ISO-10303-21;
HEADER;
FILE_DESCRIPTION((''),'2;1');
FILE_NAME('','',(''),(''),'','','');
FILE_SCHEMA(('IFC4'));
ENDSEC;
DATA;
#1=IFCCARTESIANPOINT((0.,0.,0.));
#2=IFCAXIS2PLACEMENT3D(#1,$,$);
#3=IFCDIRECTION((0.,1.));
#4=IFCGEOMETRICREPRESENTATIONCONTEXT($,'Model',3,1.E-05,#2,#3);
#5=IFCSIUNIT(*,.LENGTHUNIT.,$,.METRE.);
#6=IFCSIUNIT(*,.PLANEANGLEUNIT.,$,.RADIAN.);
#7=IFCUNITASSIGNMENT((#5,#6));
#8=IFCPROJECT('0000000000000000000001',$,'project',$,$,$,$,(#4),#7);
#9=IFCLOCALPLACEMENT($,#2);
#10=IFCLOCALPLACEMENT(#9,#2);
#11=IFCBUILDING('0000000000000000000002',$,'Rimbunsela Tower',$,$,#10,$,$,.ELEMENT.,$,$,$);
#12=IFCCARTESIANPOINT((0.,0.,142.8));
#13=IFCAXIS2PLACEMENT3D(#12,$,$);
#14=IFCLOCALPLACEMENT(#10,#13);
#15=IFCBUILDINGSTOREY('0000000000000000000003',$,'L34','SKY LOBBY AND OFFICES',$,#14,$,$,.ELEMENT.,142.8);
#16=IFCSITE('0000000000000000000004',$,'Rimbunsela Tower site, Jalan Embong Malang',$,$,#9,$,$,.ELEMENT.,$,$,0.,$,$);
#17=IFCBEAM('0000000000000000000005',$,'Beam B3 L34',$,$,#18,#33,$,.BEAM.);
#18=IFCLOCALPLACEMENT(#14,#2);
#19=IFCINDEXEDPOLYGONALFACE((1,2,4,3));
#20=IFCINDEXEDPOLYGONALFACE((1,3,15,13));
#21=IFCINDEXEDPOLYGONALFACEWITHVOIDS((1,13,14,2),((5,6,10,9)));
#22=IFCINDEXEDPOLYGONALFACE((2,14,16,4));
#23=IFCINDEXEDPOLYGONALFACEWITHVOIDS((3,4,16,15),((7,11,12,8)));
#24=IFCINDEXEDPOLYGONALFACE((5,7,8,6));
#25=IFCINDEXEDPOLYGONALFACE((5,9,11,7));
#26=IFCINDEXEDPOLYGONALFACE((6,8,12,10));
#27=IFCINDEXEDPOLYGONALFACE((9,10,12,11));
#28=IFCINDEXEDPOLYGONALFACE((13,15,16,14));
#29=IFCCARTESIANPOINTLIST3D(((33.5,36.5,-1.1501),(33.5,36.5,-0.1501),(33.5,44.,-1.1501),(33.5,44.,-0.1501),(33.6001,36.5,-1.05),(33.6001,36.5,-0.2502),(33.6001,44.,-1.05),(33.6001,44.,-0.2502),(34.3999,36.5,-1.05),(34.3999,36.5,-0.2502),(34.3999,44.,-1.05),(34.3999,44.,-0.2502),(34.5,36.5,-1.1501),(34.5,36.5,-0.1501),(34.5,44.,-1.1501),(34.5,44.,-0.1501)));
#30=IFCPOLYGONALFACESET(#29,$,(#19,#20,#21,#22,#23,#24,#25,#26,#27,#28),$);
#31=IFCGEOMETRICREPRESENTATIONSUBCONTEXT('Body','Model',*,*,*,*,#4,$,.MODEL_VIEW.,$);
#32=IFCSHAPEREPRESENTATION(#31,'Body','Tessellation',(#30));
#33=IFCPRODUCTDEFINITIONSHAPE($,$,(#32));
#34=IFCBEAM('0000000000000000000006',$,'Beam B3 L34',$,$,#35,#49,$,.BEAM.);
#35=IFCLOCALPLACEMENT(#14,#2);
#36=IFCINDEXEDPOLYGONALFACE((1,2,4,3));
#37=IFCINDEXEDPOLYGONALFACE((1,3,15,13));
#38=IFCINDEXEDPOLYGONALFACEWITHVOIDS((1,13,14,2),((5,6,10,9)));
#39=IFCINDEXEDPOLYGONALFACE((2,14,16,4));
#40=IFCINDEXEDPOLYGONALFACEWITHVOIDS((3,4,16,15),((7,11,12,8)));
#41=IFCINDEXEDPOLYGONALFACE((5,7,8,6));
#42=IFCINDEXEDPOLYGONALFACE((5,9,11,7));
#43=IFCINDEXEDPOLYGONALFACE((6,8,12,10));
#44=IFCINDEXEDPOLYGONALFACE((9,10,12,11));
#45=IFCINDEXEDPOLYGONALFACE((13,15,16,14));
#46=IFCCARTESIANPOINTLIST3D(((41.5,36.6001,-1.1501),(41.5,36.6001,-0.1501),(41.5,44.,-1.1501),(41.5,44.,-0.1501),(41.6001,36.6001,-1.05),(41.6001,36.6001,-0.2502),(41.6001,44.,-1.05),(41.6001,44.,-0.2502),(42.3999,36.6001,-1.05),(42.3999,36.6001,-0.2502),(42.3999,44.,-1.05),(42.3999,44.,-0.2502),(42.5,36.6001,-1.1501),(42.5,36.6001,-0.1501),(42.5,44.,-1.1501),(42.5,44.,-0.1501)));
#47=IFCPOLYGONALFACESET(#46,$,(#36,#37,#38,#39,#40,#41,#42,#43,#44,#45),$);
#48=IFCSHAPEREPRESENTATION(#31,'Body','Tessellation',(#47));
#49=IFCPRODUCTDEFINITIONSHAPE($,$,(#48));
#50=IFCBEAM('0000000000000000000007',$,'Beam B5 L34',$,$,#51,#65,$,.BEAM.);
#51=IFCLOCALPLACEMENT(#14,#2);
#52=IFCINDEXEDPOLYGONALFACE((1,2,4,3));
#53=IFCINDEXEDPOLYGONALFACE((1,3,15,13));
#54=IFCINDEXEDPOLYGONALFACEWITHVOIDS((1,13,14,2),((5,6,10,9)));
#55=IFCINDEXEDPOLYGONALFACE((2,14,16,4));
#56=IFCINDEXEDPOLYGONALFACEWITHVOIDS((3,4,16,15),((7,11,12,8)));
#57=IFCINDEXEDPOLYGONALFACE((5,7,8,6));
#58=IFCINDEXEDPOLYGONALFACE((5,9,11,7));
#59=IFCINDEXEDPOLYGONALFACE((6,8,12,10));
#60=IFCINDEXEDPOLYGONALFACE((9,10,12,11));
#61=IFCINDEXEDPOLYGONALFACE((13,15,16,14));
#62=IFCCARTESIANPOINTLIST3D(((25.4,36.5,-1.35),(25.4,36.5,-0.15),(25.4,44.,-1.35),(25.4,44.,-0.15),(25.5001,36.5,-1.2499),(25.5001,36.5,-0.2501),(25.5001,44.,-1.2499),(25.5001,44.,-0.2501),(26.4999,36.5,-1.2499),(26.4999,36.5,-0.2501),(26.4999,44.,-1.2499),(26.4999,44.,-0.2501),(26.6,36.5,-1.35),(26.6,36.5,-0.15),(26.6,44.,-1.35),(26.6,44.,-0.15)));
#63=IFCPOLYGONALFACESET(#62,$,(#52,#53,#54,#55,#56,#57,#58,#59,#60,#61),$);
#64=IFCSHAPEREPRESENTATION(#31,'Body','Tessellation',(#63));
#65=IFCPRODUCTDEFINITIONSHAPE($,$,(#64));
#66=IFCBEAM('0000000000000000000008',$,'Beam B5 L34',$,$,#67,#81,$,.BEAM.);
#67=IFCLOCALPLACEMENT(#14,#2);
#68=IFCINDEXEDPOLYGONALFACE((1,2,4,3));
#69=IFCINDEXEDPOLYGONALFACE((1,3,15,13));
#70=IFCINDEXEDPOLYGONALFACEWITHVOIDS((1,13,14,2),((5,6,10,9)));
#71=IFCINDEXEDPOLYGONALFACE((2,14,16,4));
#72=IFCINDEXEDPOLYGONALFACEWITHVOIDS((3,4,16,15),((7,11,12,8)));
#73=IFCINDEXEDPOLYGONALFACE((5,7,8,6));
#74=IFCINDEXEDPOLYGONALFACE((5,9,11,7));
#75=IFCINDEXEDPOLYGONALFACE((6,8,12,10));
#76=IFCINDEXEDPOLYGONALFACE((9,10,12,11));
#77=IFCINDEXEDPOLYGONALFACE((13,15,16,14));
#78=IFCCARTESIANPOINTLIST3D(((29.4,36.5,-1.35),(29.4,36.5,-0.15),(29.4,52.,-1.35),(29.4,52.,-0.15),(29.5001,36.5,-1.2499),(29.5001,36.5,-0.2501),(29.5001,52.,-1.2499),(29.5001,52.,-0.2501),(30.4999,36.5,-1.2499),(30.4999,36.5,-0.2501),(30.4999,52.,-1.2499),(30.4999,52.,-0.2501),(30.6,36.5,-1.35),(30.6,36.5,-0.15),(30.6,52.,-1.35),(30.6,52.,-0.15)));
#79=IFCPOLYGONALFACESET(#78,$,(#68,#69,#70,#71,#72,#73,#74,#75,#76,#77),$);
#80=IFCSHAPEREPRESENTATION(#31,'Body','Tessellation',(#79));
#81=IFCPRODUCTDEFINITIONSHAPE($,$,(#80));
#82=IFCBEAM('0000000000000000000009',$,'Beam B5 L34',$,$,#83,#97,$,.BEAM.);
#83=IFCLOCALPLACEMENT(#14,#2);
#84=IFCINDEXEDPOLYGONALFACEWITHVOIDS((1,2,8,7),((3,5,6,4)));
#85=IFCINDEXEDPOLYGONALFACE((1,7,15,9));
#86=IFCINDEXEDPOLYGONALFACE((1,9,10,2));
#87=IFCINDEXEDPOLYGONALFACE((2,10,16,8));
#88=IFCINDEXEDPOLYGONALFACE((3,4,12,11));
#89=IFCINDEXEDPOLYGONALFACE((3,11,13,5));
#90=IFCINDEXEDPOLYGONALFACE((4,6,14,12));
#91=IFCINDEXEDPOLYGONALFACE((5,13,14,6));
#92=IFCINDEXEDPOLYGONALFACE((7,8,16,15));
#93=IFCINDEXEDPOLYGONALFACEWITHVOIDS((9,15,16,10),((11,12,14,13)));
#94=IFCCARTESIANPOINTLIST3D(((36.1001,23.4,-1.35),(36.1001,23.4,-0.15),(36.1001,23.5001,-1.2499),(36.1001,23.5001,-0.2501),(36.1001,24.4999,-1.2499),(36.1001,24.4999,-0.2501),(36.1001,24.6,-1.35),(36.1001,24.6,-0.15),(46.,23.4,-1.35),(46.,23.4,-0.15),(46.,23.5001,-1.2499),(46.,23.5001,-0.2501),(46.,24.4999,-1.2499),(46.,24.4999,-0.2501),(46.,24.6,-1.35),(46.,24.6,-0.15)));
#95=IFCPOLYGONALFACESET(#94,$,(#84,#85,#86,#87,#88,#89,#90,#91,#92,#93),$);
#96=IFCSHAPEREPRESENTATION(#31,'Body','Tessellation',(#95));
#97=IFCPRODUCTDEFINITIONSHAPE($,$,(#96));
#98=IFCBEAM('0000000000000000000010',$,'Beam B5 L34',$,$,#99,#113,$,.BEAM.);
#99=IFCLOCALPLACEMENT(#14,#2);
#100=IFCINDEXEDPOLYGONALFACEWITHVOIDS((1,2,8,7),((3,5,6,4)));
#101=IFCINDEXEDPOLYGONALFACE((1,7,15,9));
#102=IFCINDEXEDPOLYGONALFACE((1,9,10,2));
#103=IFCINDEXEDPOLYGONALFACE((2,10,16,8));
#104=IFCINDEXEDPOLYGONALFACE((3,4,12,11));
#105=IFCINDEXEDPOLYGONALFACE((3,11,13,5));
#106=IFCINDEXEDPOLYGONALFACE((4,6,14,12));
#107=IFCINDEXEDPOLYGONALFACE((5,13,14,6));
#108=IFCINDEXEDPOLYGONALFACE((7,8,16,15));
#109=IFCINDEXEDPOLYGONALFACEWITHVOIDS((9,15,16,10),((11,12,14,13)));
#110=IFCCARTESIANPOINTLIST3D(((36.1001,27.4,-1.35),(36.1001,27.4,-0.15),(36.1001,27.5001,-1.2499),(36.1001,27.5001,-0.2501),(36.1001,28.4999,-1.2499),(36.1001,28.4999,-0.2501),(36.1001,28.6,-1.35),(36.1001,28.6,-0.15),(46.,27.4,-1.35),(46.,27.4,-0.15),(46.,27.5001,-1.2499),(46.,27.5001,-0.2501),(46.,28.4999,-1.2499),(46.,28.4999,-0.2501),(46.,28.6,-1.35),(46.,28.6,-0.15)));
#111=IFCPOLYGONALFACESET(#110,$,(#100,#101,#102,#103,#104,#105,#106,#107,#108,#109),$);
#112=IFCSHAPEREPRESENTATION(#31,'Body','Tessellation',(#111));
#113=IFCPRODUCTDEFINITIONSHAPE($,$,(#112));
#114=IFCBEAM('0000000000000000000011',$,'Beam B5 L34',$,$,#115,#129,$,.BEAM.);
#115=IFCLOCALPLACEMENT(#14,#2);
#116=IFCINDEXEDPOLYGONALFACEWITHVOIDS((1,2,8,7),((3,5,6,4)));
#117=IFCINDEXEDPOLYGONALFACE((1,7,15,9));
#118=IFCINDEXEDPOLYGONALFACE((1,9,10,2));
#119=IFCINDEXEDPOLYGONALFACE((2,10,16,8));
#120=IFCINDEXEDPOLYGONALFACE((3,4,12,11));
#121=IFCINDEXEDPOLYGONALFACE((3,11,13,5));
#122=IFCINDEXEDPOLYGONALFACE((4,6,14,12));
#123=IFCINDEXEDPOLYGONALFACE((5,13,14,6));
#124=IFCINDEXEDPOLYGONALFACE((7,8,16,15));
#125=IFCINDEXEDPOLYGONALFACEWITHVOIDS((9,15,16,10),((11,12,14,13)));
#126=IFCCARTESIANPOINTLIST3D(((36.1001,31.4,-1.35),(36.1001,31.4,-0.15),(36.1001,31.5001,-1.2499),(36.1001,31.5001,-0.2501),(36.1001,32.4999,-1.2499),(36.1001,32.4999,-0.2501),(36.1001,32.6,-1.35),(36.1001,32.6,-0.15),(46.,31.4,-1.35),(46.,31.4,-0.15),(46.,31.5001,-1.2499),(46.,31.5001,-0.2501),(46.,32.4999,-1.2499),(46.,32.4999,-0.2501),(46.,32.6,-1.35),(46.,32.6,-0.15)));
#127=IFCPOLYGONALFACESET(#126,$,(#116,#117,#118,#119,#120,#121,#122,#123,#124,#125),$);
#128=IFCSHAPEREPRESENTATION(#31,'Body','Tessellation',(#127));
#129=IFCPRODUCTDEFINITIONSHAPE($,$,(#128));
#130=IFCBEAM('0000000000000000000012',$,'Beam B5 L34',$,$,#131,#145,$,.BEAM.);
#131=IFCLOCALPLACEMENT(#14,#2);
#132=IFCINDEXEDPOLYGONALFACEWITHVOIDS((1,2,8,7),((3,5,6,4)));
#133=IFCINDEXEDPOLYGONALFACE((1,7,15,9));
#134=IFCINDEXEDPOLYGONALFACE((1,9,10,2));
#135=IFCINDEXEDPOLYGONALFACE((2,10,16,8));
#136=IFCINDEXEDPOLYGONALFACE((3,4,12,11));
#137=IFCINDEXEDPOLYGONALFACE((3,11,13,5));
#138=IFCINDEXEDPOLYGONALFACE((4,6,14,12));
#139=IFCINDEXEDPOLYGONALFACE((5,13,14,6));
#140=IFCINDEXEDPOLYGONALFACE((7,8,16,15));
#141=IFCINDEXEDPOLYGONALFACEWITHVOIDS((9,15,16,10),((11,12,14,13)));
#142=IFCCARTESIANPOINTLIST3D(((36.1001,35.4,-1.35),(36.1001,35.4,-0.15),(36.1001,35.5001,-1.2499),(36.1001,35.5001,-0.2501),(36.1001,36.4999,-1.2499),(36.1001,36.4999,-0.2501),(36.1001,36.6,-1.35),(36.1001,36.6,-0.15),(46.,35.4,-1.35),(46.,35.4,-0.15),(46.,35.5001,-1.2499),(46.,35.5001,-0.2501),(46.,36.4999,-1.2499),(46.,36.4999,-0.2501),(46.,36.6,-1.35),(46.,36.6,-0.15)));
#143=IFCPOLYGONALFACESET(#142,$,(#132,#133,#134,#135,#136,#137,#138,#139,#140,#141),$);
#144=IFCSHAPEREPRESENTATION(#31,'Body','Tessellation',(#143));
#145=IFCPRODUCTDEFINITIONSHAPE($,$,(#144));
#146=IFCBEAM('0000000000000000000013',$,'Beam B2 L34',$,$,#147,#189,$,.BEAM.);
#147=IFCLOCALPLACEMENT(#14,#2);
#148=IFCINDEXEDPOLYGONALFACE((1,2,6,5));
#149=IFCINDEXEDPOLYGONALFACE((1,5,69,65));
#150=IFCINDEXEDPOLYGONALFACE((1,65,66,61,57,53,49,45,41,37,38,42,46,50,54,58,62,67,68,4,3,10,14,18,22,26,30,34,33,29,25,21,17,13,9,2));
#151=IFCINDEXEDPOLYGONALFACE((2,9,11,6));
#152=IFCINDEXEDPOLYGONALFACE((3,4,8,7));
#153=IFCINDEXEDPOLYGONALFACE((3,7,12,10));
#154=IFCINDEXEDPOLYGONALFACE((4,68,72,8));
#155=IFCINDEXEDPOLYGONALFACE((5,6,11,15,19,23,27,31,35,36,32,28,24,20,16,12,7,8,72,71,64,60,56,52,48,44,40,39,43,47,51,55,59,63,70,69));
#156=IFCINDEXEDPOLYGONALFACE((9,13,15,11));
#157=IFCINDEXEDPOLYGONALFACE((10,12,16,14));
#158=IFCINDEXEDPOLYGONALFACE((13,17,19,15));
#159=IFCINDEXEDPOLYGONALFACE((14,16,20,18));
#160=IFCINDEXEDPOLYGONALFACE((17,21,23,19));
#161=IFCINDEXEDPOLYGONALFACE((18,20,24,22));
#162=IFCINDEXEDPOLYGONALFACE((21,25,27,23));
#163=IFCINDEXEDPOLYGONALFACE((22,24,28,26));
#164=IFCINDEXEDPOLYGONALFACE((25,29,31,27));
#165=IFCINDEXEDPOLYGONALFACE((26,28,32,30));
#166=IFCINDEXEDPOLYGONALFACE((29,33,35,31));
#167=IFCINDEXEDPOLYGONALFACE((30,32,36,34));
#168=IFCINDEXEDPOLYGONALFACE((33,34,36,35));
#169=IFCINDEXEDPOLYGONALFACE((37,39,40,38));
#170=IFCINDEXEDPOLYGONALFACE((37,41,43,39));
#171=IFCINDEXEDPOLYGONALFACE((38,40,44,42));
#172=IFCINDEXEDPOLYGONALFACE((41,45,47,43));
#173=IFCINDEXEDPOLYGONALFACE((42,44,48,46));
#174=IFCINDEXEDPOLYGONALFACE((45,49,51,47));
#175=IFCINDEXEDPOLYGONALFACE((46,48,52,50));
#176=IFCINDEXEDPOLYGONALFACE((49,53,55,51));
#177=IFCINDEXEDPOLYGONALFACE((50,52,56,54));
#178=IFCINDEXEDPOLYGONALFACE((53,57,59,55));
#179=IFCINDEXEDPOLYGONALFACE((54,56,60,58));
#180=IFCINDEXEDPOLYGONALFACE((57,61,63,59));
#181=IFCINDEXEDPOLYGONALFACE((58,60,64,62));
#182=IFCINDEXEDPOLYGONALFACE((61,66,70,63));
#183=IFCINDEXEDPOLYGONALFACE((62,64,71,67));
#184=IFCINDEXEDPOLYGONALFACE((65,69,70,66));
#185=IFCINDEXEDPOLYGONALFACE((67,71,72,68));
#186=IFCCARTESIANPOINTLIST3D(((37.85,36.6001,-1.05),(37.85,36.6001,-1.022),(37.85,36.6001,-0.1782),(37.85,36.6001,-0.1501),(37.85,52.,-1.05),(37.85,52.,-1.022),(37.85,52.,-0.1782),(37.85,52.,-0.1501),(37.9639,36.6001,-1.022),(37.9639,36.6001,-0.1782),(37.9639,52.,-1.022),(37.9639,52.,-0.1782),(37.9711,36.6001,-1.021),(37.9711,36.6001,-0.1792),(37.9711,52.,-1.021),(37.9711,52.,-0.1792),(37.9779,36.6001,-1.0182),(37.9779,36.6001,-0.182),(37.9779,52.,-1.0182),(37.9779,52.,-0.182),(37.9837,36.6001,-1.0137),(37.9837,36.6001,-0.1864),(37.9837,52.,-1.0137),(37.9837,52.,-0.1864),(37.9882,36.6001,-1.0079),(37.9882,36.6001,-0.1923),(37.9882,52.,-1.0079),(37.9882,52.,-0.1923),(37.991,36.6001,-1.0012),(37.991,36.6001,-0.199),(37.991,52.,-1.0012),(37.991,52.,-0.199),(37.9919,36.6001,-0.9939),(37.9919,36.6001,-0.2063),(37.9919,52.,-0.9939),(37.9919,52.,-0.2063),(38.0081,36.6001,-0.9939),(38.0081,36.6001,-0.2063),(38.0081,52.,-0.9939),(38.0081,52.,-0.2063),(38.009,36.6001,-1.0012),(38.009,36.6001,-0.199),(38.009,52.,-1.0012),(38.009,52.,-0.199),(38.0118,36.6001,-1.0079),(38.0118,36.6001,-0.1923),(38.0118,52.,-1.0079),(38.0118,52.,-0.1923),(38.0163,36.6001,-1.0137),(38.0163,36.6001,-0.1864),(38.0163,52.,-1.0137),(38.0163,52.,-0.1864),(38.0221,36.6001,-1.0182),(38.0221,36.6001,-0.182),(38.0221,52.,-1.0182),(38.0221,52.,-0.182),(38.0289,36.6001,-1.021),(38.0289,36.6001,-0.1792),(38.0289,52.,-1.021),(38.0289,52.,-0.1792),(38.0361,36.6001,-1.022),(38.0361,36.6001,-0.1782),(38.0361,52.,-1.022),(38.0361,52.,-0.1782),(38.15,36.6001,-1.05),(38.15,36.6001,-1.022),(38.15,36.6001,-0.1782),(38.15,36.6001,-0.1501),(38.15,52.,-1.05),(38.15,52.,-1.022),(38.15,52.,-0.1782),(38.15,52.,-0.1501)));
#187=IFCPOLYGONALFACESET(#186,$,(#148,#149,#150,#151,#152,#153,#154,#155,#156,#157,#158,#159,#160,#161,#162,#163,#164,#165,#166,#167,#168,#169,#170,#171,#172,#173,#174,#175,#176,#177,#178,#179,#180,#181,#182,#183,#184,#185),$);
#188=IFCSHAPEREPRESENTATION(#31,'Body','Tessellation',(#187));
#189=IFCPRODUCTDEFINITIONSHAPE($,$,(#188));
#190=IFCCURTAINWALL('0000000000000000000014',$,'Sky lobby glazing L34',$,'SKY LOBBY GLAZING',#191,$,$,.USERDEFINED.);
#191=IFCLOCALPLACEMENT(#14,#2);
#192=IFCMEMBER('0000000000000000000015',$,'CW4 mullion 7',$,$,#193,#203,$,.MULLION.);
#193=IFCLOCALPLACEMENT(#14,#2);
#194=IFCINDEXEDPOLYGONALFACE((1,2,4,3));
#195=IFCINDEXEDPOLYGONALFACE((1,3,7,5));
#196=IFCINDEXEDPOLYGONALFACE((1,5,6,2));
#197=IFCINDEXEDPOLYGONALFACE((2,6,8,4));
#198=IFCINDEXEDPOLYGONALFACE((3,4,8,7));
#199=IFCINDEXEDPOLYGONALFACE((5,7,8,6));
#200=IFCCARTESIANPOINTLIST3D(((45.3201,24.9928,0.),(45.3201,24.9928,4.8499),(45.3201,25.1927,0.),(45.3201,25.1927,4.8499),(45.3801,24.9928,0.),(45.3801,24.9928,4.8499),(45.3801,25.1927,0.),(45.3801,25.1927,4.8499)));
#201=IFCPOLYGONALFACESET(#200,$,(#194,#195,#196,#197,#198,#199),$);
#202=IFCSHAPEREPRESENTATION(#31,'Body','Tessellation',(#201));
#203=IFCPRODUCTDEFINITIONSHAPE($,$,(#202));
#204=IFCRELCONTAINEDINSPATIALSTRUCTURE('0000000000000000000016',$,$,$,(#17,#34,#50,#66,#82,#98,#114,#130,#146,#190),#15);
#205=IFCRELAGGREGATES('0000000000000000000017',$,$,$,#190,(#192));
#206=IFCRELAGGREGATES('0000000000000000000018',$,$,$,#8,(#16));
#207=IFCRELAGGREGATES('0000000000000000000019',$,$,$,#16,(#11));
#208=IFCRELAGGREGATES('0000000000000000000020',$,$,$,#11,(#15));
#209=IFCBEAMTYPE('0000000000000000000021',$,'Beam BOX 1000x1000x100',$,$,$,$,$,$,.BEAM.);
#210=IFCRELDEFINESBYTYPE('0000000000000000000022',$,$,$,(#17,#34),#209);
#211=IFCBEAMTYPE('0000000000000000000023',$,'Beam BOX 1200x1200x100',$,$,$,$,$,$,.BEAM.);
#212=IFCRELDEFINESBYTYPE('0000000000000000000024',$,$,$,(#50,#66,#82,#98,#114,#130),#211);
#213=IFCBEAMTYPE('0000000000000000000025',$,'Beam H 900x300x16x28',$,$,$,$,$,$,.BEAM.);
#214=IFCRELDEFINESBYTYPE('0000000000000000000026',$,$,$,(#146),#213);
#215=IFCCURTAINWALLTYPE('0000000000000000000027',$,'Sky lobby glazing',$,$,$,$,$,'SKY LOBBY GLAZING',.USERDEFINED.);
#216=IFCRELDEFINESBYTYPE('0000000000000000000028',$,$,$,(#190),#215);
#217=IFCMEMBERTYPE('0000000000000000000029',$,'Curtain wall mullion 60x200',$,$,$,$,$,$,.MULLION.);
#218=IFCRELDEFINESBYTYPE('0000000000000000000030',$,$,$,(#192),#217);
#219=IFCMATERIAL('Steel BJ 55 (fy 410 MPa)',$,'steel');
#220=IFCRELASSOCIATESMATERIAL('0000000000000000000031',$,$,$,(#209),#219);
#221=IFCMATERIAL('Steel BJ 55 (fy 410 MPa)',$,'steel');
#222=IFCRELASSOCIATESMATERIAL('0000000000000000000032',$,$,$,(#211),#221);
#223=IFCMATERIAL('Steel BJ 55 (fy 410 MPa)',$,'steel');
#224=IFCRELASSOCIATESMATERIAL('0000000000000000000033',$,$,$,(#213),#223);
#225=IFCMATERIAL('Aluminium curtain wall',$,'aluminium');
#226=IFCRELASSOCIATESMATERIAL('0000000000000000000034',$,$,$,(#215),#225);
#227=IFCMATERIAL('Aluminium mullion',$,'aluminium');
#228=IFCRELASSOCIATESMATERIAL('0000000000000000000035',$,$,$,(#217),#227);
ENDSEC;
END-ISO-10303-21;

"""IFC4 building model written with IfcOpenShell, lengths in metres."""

from ifc_helpers import new_model, si_unit, direction, frame, origin, origin_2d, place, context, subcontext, project, spatial, rectangle, hollow_rectangle, i_section, extrude, material, material_profile, profile_set, type_object, element, aggregate, save


model = new_model("IFC4")

# Units and contexts
model_context = context("Model", 3, precision=1e-05, world=origin(), true_north=direction((0.0, 1.0)))
body_context = subcontext(model_context, "Body", "Model", "MODEL_VIEW")
ifc_project = project(units=[si_unit("LENGTHUNIT", "METRE"), si_unit("PLANEANGLEUNIT", "RADIAN")], contexts=[model_context])

# Site, building, storey
site_placement = place(None, origin())
site = spatial("IfcSite", under=ifc_project, at=site_placement, Name="Rimbunsela Tower site, Jalan Embong Malang", CompositionType="ELEMENT", RefElevation=0.0)
building_placement = place(site_placement, origin())
building = spatial("IfcBuilding", under=site, at=building_placement, Name="Rimbunsela Tower", CompositionType="ELEMENT")
storey_placement = place(building_placement, frame((0.0, 0.0, 142.8)))
storey = spatial("IfcBuildingStorey", under=building, at=storey_placement, Name="L34", Description="SKY LOBBY AND OFFICES", CompositionType="ELEMENT", Elevation=142.8)

# Beams
ifc_material_1 = material(Name="Steel BJ 55 (fy 410 MPa)", Category="steel")
ifc_material_profile_1 = material_profile(ifc_material_1, hollow_rectangle(XDim=1.0, YDim=1.0, WallThickness=0.1001, at=origin_2d()), Name="BOX 1000x1000x100")
ifc_profile_set_1 = profile_set([ifc_material_profile_1], Name="Steel BJ 55 (fy 410 MPa)")
beam_type_1 = type_object("IfcBeamType", Name="Beam BOX 1000x1000x100", PredefinedType="BEAM", material=ifc_profile_set_1)
beam_1_placement = place(storey_placement, frame((34.0, 36.5, -0.6501), z_axis=(0.0, 1.0, 0.0), x_axis=(-1.0, 0.0, 0.0)))
element("IfcBeam", 1, at=beam_1_placement, inside=storey, type_object=beam_type_1, Name="Beam B3 L34", PredefinedType="BEAM", context=body_context, shape_type="SweptSolid", body=[
    extrude(hollow_rectangle(XDim=1.0, YDim=1.0, WallThickness=0.1001, at=origin_2d()), origin(), (0.0, 0.0, 1.0), 7.5),
])
beam_2_placement = place(storey_placement, frame((42.0, 36.6001, -0.6501), z_axis=(0.0, 1.0, 0.0), x_axis=(-1.0, 0.0, 0.0)))
element("IfcBeam", 2, at=beam_2_placement, inside=storey, type_object=beam_type_1, Name="Beam B3 L34", PredefinedType="BEAM", context=body_context, shape_type="SweptSolid", body=[
    extrude(hollow_rectangle(XDim=1.0, YDim=1.0, WallThickness=0.1001, at=origin_2d()), origin(), (0.0, 0.0, 1.0), 7.3999),
])
ifc_material_2 = material(Name="Steel BJ 55 (fy 410 MPa)", Category="steel")
ifc_material_profile_2 = material_profile(ifc_material_2, hollow_rectangle(XDim=1.2, YDim=1.2, WallThickness=0.1001, at=origin_2d()), Name="BOX 1200x1200x100")
ifc_profile_set_2 = profile_set([ifc_material_profile_2], Name="Steel BJ 55 (fy 410 MPa)")
beam_type_2 = type_object("IfcBeamType", Name="Beam BOX 1200x1200x100", PredefinedType="BEAM", material=ifc_profile_set_2)
beam_3_placement = place(storey_placement, frame((26.0, 36.5, -0.75), z_axis=(0.0, 1.0, 0.0), x_axis=(-1.0, 0.0, 0.0)))
element("IfcBeam", 3, at=beam_3_placement, inside=storey, type_object=beam_type_2, Name="Beam B5 L34", PredefinedType="BEAM", context=body_context, shape_type="SweptSolid", body=[
    extrude(hollow_rectangle(XDim=1.2, YDim=1.2, WallThickness=0.1001, at=origin_2d()), origin(), (0.0, 0.0, 1.0), 7.5),
])
beam_4_placement = place(storey_placement, frame((30.0, 36.5, -0.75), z_axis=(0.0, 1.0, 0.0), x_axis=(-1.0, 0.0, 0.0)))
element("IfcBeam", 4, at=beam_4_placement, inside=storey, type_object=beam_type_2, Name="Beam B5 L34", PredefinedType="BEAM", context=body_context, shape_type="SweptSolid", body=[
    extrude(hollow_rectangle(XDim=1.2, YDim=1.2, WallThickness=0.1001, at=origin_2d()), origin(), (0.0, 0.0, 1.0), 15.5),
])
for number, where, z_axis, x_axis, name in (
    (5, (36.1001, 24.0, -0.75), (1.0, 0.0, 0.0), (0.0, 1.0, 0.0), "Beam B5 L34"),
    (6, (36.1001, 28.0, -0.75), (1.0, 0.0, 0.0), (0.0, 1.0, 0.0), "Beam B5 L34"),
    (7, (36.1001, 32.0, -0.75), (1.0, 0.0, 0.0), (0.0, 1.0, 0.0), "Beam B5 L34"),
    (8, (36.1001, 36.0, -0.75), (1.0, 0.0, 0.0), (0.0, 1.0, 0.0), "Beam B5 L34"),
):
    element("IfcBeam", number, at=place(storey_placement, frame(where, z_axis=z_axis, x_axis=x_axis)), inside=storey, type_object=beam_type_2, Name=name, PredefinedType="BEAM", context=body_context, shape_type="SweptSolid", body=[
        extrude(hollow_rectangle(XDim=1.2, YDim=1.2, WallThickness=0.1001, at=origin_2d()), origin(), (0.0, 0.0, 1.0), 9.8999),
    ])
ifc_material_3 = material(Name="Steel BJ 55 (fy 410 MPa)", Category="steel")
ifc_material_profile_3 = material_profile(ifc_material_3, i_section(OverallWidth=0.3, OverallDepth=0.8999, WebThickness=0.0161, FlangeThickness=0.0281, FilletRadius=0.0281, at=origin_2d()), Name="H 900x300x16x28")
ifc_profile_set_3 = profile_set([ifc_material_profile_3], Name="Steel BJ 55 (fy 410 MPa)")
beam_type_3 = type_object("IfcBeamType", Name="Beam H 900x300x16x28", PredefinedType="BEAM", material=ifc_profile_set_3)
beam_5_placement = place(storey_placement, frame((38.0, 36.6001, -0.6001), z_axis=(0.0, 1.0, 0.0), x_axis=(-1.0, 0.0, 0.0)))
element("IfcBeam", 9, at=beam_5_placement, inside=storey, type_object=beam_type_3, Name="Beam B2 L34", PredefinedType="BEAM", context=body_context, shape_type="SweptSolid", body=[
    extrude(i_section(OverallWidth=0.3, OverallDepth=0.8999, WebThickness=0.0161, FlangeThickness=0.0281, FilletRadius=0.0281, at=origin_2d()), origin(), (0.0, 0.0, 1.0), 15.3999),
])

# Curtain wall, member
ifc_material_4 = material(Name="Aluminium curtain wall", Category="aluminium")
curtain_wall_type = type_object("IfcCurtainWallType", Name="Sky lobby glazing", ElementType="SKY LOBBY GLAZING", PredefinedType="USERDEFINED", material=ifc_material_4)
curtain_wall_placement = place(storey_placement, origin())
curtain_wall = element("IfcCurtainWall", 10, at=curtain_wall_placement, inside=storey, type_object=curtain_wall_type, Name="Sky lobby glazing L34", ObjectType="SKY LOBBY GLAZING", PredefinedType="USERDEFINED")
ifc_material_5 = material(Name="Aluminium mullion", Category="aluminium")
ifc_material_profile_4 = material_profile(ifc_material_5, rectangle(XDim=0.0601, YDim=0.2, at=origin_2d()), Name="Mullion 60x200")
ifc_profile_set_4 = profile_set([ifc_material_profile_4], Name="Aluminium mullion")
member_type_1 = type_object("IfcMemberType", Name="Curtain wall mullion 60x200", PredefinedType="MULLION", material=ifc_profile_set_4)
member_1_placement = place(storey_placement, frame((45.3501, 25.0928, 0.0), z_axis=(0.0, 0.0, 1.0), x_axis=(-1.0, 0.0, 0.0)))
member_1 = element("IfcMember", 11, at=member_1_placement, type_object=member_type_1, Name="CW4 mullion 7", PredefinedType="MULLION", context=body_context, shape_type="SweptSolid", body=[
    extrude(rectangle(XDim=0.0601, YDim=0.2, at=origin_2d()), origin(), (0.0, 0.0, 1.0), 4.8499),
])
aggregate(curtain_wall, [member_1])

save(model, "model.ifc")
